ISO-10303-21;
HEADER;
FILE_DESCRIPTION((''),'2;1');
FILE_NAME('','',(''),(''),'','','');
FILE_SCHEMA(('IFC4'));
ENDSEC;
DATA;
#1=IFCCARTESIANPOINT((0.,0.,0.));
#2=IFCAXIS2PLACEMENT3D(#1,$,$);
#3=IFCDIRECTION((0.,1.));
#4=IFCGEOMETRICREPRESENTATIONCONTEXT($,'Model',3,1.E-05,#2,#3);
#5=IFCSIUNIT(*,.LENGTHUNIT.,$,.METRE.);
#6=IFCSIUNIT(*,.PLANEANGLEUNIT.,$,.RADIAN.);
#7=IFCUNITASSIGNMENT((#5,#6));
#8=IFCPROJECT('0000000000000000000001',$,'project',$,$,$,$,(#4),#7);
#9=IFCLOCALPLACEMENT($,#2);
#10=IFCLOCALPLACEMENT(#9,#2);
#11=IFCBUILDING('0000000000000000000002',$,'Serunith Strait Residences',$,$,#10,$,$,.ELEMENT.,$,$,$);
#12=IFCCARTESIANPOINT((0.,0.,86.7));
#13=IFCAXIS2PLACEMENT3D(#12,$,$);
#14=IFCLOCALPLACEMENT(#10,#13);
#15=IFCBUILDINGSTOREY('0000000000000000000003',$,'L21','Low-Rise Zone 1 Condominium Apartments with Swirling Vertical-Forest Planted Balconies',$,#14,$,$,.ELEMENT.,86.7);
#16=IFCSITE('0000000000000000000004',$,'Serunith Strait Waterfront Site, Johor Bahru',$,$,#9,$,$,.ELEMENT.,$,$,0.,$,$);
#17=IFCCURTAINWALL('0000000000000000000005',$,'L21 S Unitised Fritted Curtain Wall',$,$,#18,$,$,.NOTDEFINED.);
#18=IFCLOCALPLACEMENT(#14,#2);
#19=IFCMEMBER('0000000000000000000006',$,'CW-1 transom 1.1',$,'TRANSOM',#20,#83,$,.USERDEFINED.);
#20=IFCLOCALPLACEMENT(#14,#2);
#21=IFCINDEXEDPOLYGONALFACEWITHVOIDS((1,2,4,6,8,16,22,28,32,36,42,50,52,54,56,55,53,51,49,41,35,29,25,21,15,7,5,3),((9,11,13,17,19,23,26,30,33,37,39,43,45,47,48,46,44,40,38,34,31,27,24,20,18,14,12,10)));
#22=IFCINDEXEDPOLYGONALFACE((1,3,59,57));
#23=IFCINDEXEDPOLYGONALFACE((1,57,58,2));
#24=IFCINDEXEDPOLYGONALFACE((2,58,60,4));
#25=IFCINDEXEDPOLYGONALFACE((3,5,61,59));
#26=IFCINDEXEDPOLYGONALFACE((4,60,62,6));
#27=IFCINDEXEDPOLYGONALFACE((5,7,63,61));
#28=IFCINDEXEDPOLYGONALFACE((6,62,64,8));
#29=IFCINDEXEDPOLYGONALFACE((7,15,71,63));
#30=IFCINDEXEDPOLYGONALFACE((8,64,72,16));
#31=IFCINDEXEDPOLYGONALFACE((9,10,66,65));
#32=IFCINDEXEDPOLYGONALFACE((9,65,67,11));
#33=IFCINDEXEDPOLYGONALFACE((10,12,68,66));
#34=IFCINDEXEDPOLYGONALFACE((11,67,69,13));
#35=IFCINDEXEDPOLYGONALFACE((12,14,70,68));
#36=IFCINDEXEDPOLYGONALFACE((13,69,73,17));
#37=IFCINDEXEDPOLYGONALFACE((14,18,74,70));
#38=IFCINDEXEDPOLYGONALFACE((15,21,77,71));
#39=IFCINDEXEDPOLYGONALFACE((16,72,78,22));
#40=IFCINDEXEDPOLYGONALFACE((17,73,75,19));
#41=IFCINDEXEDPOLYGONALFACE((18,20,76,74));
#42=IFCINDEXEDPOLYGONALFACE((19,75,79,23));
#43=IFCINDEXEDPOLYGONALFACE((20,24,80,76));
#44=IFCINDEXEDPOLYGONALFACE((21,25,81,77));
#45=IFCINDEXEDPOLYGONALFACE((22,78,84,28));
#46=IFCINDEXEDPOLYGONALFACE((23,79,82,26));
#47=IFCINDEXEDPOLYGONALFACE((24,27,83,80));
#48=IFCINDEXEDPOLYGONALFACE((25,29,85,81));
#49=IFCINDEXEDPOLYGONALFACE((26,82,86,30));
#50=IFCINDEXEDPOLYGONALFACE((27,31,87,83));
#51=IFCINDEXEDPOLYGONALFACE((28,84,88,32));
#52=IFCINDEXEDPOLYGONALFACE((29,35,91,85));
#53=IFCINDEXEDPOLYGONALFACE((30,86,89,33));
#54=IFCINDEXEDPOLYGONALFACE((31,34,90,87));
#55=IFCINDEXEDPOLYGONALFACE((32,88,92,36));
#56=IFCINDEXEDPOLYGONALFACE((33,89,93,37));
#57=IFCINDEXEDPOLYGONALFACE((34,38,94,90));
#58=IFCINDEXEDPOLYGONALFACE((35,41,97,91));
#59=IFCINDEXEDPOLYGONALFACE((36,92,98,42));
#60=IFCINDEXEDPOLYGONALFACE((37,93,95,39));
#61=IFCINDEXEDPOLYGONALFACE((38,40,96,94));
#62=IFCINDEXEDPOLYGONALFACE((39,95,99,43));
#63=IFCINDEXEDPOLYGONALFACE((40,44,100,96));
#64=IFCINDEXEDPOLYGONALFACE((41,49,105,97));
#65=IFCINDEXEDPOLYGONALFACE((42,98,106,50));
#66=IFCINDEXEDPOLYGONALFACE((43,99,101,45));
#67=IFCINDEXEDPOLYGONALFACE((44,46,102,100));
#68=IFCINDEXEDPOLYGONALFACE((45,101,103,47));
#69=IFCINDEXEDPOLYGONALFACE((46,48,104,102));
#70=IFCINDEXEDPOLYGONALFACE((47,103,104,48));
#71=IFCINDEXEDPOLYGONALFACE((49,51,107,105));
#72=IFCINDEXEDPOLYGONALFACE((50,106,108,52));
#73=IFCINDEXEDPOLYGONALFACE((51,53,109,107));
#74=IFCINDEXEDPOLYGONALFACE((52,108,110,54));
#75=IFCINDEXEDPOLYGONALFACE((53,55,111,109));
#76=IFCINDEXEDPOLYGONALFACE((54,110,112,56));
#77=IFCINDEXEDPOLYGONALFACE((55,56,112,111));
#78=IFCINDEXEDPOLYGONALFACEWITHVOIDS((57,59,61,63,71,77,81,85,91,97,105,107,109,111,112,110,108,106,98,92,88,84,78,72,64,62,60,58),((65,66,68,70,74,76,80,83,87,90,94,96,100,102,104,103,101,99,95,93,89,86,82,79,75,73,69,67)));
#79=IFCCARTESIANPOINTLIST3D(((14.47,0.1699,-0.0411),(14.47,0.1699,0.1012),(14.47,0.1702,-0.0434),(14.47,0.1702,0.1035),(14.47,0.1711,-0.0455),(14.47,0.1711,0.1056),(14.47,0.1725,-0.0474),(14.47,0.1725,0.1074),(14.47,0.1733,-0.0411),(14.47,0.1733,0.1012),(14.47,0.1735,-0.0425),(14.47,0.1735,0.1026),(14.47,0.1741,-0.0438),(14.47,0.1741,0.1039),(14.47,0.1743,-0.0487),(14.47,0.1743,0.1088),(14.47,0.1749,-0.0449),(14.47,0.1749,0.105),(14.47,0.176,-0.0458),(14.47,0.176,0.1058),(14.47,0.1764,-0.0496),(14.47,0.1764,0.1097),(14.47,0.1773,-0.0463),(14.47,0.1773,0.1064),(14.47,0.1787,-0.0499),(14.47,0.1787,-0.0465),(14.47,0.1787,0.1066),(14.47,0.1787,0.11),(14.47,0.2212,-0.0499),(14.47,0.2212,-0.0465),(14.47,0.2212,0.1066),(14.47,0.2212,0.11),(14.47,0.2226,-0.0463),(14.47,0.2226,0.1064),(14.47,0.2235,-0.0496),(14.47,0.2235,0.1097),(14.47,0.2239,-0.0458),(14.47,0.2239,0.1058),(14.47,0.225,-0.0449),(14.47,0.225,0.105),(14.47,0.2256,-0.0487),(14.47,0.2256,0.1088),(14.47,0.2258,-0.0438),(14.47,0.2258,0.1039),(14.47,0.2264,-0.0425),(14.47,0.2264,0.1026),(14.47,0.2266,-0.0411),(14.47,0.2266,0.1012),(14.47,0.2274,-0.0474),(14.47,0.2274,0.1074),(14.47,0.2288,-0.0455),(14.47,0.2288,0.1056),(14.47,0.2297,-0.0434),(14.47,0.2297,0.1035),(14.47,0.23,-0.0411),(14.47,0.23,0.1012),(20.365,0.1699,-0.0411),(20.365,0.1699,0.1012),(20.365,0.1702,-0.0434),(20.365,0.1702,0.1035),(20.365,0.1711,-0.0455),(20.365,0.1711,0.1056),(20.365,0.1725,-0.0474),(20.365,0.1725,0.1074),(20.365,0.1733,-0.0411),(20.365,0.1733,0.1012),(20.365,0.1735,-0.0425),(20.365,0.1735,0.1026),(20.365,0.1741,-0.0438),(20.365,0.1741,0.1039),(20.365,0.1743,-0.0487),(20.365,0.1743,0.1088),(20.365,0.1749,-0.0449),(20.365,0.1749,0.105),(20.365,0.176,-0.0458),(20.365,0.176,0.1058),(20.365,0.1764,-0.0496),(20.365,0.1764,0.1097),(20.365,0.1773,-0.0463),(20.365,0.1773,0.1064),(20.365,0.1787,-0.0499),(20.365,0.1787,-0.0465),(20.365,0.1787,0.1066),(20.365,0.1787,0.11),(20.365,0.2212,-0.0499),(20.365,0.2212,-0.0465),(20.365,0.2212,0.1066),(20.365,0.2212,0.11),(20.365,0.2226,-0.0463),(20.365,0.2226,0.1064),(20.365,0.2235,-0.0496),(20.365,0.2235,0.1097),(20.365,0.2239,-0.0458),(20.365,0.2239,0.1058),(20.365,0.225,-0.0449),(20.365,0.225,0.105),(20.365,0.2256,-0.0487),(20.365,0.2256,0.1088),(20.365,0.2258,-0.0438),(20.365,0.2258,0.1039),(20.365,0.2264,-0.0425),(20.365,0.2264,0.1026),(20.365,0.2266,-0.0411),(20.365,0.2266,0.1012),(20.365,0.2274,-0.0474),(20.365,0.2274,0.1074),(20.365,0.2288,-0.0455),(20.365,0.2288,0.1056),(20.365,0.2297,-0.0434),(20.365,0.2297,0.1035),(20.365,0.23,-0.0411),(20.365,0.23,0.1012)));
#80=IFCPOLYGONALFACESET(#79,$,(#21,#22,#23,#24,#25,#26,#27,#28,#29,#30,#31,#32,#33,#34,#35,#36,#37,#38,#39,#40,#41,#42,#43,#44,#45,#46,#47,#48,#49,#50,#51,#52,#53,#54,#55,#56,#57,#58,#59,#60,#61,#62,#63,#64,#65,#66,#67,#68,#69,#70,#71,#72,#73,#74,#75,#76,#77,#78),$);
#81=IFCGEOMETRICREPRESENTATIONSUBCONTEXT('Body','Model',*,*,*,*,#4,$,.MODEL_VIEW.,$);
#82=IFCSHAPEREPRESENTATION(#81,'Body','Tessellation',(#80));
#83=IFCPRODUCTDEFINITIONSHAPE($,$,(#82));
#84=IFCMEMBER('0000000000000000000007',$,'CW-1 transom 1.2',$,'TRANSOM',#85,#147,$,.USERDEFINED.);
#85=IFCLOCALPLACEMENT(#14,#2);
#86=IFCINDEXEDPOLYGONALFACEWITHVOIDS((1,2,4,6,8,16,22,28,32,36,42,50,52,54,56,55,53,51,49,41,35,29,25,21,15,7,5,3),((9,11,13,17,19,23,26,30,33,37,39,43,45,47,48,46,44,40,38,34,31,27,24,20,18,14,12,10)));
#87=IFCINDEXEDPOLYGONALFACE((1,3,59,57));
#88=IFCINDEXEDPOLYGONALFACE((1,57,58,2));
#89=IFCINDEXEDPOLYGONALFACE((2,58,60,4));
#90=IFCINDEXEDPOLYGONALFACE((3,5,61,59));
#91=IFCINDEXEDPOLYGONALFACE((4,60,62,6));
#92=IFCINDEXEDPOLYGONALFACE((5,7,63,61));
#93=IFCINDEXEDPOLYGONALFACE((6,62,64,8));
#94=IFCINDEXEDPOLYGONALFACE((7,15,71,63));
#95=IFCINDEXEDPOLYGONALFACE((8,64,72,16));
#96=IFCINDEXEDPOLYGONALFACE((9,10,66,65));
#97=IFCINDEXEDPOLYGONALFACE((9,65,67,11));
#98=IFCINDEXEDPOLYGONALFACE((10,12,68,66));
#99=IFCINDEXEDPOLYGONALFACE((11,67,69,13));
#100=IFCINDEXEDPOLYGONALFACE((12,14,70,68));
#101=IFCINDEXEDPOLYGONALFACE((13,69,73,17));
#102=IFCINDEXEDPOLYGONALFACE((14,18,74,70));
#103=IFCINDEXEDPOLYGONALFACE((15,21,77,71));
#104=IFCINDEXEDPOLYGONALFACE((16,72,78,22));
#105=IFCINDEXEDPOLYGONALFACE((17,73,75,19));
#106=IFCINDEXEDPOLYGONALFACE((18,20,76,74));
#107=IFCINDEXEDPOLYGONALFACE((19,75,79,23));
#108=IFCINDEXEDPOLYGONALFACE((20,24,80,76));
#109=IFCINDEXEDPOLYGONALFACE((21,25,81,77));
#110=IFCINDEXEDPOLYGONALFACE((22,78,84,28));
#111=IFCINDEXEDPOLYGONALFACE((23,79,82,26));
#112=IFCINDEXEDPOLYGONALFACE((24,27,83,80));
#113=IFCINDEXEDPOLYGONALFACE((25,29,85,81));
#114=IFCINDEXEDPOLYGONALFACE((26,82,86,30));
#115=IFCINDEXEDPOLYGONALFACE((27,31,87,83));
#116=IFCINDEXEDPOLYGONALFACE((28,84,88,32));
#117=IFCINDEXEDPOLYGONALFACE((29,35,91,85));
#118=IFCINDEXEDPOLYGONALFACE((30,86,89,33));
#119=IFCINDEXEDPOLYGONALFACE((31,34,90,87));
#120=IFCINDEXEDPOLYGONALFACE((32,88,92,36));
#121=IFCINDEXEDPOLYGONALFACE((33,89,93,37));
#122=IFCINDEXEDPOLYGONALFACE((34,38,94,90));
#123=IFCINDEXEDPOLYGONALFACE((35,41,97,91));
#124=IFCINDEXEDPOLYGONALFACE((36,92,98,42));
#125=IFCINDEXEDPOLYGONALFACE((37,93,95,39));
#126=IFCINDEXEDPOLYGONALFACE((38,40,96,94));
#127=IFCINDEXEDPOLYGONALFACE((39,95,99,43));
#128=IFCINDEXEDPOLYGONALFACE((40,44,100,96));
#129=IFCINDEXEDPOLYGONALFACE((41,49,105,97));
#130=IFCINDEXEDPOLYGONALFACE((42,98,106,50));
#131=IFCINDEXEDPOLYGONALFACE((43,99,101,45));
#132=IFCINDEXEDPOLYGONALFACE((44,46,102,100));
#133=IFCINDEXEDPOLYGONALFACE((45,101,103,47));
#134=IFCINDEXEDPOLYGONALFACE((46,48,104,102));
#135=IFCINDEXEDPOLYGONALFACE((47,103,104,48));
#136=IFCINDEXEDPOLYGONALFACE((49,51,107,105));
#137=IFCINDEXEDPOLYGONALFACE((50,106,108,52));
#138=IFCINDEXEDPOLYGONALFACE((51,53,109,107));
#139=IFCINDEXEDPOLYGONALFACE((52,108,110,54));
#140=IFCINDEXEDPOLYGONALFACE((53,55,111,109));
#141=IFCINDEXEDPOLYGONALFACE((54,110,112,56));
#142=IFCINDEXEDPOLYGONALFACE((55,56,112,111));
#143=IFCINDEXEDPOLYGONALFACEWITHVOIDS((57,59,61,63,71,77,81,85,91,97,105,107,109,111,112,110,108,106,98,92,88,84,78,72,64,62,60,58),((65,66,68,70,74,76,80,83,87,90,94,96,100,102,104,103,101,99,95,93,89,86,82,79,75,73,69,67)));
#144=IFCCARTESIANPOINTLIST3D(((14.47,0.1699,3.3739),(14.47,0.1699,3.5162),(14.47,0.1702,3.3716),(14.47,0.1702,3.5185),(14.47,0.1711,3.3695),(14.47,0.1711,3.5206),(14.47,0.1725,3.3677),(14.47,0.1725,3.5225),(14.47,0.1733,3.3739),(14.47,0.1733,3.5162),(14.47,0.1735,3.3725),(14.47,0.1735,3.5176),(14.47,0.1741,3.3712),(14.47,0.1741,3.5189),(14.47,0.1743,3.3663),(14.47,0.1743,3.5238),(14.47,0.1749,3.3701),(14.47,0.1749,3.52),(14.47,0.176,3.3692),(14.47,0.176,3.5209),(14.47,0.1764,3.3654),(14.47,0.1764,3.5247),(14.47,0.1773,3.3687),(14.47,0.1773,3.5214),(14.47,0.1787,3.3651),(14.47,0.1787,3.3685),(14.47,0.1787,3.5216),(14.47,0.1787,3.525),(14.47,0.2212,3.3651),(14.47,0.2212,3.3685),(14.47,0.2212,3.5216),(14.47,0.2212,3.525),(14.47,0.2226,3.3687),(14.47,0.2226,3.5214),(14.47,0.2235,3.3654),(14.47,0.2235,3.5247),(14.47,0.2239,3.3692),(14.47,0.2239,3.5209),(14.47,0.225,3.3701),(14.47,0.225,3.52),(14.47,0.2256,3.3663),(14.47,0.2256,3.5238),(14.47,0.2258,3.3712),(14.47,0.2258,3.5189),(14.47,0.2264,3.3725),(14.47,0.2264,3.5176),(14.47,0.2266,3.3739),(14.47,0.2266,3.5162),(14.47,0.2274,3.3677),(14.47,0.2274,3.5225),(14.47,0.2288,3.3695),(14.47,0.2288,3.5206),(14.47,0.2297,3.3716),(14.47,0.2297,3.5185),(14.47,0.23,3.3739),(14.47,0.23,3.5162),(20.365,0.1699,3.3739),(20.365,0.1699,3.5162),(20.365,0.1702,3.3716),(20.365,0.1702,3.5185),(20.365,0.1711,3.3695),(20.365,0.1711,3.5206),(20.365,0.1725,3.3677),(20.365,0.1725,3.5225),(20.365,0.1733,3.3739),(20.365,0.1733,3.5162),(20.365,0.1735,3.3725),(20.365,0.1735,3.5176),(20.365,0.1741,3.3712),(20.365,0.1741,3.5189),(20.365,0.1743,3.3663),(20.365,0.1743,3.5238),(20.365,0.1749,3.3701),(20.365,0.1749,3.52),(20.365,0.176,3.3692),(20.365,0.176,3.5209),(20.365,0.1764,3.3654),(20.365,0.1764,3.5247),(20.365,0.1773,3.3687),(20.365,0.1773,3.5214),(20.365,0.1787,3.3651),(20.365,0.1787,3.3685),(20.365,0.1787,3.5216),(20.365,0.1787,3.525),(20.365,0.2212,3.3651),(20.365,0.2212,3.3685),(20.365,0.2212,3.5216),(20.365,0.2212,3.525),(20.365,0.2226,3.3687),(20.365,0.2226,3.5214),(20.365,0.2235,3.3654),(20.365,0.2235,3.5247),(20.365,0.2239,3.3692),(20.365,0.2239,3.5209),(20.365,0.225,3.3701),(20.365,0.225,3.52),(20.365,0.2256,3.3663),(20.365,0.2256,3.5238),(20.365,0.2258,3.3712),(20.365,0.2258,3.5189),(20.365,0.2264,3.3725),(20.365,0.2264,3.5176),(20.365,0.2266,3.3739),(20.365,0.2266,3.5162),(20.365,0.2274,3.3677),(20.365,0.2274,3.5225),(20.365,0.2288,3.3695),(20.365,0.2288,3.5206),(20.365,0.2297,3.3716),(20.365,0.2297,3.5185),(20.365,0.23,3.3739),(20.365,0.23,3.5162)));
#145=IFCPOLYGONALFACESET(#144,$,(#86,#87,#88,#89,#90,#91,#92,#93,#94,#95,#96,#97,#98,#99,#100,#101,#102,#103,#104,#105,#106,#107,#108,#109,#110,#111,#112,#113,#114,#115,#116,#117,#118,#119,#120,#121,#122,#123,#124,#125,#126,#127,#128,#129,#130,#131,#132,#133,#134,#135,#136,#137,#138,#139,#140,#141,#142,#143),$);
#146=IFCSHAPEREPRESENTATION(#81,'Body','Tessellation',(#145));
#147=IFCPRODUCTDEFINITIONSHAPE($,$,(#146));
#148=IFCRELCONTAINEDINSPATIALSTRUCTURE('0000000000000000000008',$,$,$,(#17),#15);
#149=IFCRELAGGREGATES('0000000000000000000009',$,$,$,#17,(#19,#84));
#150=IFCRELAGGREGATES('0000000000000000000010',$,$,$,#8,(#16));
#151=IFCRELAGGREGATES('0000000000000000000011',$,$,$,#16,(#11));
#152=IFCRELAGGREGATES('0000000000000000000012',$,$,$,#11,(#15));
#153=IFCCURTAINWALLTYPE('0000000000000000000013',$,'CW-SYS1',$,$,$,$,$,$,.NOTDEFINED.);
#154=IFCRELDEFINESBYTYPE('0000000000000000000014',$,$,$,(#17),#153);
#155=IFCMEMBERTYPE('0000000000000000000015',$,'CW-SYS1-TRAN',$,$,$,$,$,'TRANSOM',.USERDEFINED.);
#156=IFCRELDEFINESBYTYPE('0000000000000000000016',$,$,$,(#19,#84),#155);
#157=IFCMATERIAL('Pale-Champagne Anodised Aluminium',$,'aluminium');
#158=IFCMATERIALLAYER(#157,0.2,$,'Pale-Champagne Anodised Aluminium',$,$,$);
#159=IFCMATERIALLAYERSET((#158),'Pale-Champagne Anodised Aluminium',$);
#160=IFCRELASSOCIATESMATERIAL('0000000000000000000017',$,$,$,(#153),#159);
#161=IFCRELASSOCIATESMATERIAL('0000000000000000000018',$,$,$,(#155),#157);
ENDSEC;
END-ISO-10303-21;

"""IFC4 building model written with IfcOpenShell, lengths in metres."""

from ifc_helpers import new_model, si_unit, direction, frame, origin, origin_2d, place, context, subcontext, project, spatial, hollow_rectangle, extrude, source, transform, mapped, material, layer, layer_set, material_profile, profile_set, type_object, element, aggregate, save


model = new_model("IFC4")

# Units and contexts
model_context = context("Model", 3, precision=1e-05, world=origin(), true_north=direction((0.0, 1.0)))
body_context = subcontext(model_context, "Body", "Model", "MODEL_VIEW")
ifc_project = project(units=[si_unit("LENGTHUNIT", "METRE"), si_unit("PLANEANGLEUNIT", "RADIAN")], contexts=[model_context])

# Site, building, storey
site_placement = place(None, origin())
site = spatial("IfcSite", under=ifc_project, at=site_placement, Name="Serunith Strait Waterfront Site, Johor Bahru", CompositionType="ELEMENT", RefElevation=0.0)
building_placement = place(site_placement, origin())
building = spatial("IfcBuilding", under=site, at=building_placement, Name="Serunith Strait Residences", CompositionType="ELEMENT")
storey_placement = place(building_placement, frame((0.0, 0.0, 86.7)))
storey = spatial("IfcBuildingStorey", under=building, at=storey_placement, Name="L21", Description="Low-Rise Zone 1 Condominium Apartments with Swirling Vertical-Forest Planted Balconies", CompositionType="ELEMENT", Elevation=86.7)

# Curtain wall
ifc_material_1 = material(Name="Pale-Champagne Anodised Aluminium", Category="aluminium")
ifc_layer_1 = layer(ifc_material_1, 0.2, Name="Pale-Champagne Anodised Aluminium")
ifc_layer_set_1 = layer_set([ifc_layer_1], Name="Pale-Champagne Anodised Aluminium")
curtain_wall_type = type_object("IfcCurtainWallType", Name="CW-SYS1", PredefinedType="NOTDEFINED", material=ifc_layer_set_1)
curtain_wall_1_placement = place(storey_placement, origin())
curtain_wall_1 = element("IfcCurtainWall", 1, at=curtain_wall_1_placement, inside=storey, type_object=curtain_wall_type, Name="L21 S Unitised Fritted Curtain Wall", PredefinedType="NOTDEFINED")

# Members
ifc_material_profile_1 = material_profile(ifc_material_1, hollow_rectangle(XDim=0.0601, YDim=0.1599, WallThickness=0.0034, InnerFilletRadius=0.0054, OuterFilletRadius=0.0088, at=origin_2d()), Name="ALU 160x60x3.5")
ifc_profile_set_1 = profile_set([ifc_material_profile_1], Name="Pale-Champagne Anodised Aluminium")
member_type_1 = type_object("IfcMemberType", Name="CW-SYS1-TRAN", ElementType="TRANSOM", PredefinedType="USERDEFINED", material=ifc_profile_set_1)
shared_shape_1 = source(origin(), body_context, "Body", "SweptSolid", [
    extrude(hollow_rectangle(XDim=0.0601, YDim=0.1599, WallThickness=0.0034, InnerFilletRadius=0.0054, OuterFilletRadius=0.0088, at=origin_2d()), origin(), (0.0, 0.0, 1.0), 5.895),
])
member_1_placement = place(storey_placement, frame((14.47, 0.2, 0.03), z_axis=(1.0, 0.0, 0.0), x_axis=(0.0, 1.0, 0.0)))
member_1 = element("IfcMember", 2, at=member_1_placement, type_object=member_type_1, Name="CW-1 transom 1.1", ObjectType="TRANSOM", PredefinedType="USERDEFINED", context=body_context, shape_type="MappedRepresentation", body=[
    mapped(shared_shape_1, transform((0.0, 0.0, 0.0), scale=1.0)),
])
member_2_placement = place(storey_placement, frame((14.47, 0.2, 3.4451), z_axis=(1.0, 0.0, 0.0), x_axis=(0.0, 1.0, 0.0)))
member_2 = element("IfcMember", 3, at=member_2_placement, type_object=member_type_1, Name="CW-1 transom 1.2", ObjectType="TRANSOM", PredefinedType="USERDEFINED", context=body_context, shape_type="MappedRepresentation", body=[
    mapped(shared_shape_1, transform((0.0, 0.0, 0.0), scale=1.0)),
])
aggregate(curtain_wall_1, [member_1, member_2])

save(model, "model.ifc")
